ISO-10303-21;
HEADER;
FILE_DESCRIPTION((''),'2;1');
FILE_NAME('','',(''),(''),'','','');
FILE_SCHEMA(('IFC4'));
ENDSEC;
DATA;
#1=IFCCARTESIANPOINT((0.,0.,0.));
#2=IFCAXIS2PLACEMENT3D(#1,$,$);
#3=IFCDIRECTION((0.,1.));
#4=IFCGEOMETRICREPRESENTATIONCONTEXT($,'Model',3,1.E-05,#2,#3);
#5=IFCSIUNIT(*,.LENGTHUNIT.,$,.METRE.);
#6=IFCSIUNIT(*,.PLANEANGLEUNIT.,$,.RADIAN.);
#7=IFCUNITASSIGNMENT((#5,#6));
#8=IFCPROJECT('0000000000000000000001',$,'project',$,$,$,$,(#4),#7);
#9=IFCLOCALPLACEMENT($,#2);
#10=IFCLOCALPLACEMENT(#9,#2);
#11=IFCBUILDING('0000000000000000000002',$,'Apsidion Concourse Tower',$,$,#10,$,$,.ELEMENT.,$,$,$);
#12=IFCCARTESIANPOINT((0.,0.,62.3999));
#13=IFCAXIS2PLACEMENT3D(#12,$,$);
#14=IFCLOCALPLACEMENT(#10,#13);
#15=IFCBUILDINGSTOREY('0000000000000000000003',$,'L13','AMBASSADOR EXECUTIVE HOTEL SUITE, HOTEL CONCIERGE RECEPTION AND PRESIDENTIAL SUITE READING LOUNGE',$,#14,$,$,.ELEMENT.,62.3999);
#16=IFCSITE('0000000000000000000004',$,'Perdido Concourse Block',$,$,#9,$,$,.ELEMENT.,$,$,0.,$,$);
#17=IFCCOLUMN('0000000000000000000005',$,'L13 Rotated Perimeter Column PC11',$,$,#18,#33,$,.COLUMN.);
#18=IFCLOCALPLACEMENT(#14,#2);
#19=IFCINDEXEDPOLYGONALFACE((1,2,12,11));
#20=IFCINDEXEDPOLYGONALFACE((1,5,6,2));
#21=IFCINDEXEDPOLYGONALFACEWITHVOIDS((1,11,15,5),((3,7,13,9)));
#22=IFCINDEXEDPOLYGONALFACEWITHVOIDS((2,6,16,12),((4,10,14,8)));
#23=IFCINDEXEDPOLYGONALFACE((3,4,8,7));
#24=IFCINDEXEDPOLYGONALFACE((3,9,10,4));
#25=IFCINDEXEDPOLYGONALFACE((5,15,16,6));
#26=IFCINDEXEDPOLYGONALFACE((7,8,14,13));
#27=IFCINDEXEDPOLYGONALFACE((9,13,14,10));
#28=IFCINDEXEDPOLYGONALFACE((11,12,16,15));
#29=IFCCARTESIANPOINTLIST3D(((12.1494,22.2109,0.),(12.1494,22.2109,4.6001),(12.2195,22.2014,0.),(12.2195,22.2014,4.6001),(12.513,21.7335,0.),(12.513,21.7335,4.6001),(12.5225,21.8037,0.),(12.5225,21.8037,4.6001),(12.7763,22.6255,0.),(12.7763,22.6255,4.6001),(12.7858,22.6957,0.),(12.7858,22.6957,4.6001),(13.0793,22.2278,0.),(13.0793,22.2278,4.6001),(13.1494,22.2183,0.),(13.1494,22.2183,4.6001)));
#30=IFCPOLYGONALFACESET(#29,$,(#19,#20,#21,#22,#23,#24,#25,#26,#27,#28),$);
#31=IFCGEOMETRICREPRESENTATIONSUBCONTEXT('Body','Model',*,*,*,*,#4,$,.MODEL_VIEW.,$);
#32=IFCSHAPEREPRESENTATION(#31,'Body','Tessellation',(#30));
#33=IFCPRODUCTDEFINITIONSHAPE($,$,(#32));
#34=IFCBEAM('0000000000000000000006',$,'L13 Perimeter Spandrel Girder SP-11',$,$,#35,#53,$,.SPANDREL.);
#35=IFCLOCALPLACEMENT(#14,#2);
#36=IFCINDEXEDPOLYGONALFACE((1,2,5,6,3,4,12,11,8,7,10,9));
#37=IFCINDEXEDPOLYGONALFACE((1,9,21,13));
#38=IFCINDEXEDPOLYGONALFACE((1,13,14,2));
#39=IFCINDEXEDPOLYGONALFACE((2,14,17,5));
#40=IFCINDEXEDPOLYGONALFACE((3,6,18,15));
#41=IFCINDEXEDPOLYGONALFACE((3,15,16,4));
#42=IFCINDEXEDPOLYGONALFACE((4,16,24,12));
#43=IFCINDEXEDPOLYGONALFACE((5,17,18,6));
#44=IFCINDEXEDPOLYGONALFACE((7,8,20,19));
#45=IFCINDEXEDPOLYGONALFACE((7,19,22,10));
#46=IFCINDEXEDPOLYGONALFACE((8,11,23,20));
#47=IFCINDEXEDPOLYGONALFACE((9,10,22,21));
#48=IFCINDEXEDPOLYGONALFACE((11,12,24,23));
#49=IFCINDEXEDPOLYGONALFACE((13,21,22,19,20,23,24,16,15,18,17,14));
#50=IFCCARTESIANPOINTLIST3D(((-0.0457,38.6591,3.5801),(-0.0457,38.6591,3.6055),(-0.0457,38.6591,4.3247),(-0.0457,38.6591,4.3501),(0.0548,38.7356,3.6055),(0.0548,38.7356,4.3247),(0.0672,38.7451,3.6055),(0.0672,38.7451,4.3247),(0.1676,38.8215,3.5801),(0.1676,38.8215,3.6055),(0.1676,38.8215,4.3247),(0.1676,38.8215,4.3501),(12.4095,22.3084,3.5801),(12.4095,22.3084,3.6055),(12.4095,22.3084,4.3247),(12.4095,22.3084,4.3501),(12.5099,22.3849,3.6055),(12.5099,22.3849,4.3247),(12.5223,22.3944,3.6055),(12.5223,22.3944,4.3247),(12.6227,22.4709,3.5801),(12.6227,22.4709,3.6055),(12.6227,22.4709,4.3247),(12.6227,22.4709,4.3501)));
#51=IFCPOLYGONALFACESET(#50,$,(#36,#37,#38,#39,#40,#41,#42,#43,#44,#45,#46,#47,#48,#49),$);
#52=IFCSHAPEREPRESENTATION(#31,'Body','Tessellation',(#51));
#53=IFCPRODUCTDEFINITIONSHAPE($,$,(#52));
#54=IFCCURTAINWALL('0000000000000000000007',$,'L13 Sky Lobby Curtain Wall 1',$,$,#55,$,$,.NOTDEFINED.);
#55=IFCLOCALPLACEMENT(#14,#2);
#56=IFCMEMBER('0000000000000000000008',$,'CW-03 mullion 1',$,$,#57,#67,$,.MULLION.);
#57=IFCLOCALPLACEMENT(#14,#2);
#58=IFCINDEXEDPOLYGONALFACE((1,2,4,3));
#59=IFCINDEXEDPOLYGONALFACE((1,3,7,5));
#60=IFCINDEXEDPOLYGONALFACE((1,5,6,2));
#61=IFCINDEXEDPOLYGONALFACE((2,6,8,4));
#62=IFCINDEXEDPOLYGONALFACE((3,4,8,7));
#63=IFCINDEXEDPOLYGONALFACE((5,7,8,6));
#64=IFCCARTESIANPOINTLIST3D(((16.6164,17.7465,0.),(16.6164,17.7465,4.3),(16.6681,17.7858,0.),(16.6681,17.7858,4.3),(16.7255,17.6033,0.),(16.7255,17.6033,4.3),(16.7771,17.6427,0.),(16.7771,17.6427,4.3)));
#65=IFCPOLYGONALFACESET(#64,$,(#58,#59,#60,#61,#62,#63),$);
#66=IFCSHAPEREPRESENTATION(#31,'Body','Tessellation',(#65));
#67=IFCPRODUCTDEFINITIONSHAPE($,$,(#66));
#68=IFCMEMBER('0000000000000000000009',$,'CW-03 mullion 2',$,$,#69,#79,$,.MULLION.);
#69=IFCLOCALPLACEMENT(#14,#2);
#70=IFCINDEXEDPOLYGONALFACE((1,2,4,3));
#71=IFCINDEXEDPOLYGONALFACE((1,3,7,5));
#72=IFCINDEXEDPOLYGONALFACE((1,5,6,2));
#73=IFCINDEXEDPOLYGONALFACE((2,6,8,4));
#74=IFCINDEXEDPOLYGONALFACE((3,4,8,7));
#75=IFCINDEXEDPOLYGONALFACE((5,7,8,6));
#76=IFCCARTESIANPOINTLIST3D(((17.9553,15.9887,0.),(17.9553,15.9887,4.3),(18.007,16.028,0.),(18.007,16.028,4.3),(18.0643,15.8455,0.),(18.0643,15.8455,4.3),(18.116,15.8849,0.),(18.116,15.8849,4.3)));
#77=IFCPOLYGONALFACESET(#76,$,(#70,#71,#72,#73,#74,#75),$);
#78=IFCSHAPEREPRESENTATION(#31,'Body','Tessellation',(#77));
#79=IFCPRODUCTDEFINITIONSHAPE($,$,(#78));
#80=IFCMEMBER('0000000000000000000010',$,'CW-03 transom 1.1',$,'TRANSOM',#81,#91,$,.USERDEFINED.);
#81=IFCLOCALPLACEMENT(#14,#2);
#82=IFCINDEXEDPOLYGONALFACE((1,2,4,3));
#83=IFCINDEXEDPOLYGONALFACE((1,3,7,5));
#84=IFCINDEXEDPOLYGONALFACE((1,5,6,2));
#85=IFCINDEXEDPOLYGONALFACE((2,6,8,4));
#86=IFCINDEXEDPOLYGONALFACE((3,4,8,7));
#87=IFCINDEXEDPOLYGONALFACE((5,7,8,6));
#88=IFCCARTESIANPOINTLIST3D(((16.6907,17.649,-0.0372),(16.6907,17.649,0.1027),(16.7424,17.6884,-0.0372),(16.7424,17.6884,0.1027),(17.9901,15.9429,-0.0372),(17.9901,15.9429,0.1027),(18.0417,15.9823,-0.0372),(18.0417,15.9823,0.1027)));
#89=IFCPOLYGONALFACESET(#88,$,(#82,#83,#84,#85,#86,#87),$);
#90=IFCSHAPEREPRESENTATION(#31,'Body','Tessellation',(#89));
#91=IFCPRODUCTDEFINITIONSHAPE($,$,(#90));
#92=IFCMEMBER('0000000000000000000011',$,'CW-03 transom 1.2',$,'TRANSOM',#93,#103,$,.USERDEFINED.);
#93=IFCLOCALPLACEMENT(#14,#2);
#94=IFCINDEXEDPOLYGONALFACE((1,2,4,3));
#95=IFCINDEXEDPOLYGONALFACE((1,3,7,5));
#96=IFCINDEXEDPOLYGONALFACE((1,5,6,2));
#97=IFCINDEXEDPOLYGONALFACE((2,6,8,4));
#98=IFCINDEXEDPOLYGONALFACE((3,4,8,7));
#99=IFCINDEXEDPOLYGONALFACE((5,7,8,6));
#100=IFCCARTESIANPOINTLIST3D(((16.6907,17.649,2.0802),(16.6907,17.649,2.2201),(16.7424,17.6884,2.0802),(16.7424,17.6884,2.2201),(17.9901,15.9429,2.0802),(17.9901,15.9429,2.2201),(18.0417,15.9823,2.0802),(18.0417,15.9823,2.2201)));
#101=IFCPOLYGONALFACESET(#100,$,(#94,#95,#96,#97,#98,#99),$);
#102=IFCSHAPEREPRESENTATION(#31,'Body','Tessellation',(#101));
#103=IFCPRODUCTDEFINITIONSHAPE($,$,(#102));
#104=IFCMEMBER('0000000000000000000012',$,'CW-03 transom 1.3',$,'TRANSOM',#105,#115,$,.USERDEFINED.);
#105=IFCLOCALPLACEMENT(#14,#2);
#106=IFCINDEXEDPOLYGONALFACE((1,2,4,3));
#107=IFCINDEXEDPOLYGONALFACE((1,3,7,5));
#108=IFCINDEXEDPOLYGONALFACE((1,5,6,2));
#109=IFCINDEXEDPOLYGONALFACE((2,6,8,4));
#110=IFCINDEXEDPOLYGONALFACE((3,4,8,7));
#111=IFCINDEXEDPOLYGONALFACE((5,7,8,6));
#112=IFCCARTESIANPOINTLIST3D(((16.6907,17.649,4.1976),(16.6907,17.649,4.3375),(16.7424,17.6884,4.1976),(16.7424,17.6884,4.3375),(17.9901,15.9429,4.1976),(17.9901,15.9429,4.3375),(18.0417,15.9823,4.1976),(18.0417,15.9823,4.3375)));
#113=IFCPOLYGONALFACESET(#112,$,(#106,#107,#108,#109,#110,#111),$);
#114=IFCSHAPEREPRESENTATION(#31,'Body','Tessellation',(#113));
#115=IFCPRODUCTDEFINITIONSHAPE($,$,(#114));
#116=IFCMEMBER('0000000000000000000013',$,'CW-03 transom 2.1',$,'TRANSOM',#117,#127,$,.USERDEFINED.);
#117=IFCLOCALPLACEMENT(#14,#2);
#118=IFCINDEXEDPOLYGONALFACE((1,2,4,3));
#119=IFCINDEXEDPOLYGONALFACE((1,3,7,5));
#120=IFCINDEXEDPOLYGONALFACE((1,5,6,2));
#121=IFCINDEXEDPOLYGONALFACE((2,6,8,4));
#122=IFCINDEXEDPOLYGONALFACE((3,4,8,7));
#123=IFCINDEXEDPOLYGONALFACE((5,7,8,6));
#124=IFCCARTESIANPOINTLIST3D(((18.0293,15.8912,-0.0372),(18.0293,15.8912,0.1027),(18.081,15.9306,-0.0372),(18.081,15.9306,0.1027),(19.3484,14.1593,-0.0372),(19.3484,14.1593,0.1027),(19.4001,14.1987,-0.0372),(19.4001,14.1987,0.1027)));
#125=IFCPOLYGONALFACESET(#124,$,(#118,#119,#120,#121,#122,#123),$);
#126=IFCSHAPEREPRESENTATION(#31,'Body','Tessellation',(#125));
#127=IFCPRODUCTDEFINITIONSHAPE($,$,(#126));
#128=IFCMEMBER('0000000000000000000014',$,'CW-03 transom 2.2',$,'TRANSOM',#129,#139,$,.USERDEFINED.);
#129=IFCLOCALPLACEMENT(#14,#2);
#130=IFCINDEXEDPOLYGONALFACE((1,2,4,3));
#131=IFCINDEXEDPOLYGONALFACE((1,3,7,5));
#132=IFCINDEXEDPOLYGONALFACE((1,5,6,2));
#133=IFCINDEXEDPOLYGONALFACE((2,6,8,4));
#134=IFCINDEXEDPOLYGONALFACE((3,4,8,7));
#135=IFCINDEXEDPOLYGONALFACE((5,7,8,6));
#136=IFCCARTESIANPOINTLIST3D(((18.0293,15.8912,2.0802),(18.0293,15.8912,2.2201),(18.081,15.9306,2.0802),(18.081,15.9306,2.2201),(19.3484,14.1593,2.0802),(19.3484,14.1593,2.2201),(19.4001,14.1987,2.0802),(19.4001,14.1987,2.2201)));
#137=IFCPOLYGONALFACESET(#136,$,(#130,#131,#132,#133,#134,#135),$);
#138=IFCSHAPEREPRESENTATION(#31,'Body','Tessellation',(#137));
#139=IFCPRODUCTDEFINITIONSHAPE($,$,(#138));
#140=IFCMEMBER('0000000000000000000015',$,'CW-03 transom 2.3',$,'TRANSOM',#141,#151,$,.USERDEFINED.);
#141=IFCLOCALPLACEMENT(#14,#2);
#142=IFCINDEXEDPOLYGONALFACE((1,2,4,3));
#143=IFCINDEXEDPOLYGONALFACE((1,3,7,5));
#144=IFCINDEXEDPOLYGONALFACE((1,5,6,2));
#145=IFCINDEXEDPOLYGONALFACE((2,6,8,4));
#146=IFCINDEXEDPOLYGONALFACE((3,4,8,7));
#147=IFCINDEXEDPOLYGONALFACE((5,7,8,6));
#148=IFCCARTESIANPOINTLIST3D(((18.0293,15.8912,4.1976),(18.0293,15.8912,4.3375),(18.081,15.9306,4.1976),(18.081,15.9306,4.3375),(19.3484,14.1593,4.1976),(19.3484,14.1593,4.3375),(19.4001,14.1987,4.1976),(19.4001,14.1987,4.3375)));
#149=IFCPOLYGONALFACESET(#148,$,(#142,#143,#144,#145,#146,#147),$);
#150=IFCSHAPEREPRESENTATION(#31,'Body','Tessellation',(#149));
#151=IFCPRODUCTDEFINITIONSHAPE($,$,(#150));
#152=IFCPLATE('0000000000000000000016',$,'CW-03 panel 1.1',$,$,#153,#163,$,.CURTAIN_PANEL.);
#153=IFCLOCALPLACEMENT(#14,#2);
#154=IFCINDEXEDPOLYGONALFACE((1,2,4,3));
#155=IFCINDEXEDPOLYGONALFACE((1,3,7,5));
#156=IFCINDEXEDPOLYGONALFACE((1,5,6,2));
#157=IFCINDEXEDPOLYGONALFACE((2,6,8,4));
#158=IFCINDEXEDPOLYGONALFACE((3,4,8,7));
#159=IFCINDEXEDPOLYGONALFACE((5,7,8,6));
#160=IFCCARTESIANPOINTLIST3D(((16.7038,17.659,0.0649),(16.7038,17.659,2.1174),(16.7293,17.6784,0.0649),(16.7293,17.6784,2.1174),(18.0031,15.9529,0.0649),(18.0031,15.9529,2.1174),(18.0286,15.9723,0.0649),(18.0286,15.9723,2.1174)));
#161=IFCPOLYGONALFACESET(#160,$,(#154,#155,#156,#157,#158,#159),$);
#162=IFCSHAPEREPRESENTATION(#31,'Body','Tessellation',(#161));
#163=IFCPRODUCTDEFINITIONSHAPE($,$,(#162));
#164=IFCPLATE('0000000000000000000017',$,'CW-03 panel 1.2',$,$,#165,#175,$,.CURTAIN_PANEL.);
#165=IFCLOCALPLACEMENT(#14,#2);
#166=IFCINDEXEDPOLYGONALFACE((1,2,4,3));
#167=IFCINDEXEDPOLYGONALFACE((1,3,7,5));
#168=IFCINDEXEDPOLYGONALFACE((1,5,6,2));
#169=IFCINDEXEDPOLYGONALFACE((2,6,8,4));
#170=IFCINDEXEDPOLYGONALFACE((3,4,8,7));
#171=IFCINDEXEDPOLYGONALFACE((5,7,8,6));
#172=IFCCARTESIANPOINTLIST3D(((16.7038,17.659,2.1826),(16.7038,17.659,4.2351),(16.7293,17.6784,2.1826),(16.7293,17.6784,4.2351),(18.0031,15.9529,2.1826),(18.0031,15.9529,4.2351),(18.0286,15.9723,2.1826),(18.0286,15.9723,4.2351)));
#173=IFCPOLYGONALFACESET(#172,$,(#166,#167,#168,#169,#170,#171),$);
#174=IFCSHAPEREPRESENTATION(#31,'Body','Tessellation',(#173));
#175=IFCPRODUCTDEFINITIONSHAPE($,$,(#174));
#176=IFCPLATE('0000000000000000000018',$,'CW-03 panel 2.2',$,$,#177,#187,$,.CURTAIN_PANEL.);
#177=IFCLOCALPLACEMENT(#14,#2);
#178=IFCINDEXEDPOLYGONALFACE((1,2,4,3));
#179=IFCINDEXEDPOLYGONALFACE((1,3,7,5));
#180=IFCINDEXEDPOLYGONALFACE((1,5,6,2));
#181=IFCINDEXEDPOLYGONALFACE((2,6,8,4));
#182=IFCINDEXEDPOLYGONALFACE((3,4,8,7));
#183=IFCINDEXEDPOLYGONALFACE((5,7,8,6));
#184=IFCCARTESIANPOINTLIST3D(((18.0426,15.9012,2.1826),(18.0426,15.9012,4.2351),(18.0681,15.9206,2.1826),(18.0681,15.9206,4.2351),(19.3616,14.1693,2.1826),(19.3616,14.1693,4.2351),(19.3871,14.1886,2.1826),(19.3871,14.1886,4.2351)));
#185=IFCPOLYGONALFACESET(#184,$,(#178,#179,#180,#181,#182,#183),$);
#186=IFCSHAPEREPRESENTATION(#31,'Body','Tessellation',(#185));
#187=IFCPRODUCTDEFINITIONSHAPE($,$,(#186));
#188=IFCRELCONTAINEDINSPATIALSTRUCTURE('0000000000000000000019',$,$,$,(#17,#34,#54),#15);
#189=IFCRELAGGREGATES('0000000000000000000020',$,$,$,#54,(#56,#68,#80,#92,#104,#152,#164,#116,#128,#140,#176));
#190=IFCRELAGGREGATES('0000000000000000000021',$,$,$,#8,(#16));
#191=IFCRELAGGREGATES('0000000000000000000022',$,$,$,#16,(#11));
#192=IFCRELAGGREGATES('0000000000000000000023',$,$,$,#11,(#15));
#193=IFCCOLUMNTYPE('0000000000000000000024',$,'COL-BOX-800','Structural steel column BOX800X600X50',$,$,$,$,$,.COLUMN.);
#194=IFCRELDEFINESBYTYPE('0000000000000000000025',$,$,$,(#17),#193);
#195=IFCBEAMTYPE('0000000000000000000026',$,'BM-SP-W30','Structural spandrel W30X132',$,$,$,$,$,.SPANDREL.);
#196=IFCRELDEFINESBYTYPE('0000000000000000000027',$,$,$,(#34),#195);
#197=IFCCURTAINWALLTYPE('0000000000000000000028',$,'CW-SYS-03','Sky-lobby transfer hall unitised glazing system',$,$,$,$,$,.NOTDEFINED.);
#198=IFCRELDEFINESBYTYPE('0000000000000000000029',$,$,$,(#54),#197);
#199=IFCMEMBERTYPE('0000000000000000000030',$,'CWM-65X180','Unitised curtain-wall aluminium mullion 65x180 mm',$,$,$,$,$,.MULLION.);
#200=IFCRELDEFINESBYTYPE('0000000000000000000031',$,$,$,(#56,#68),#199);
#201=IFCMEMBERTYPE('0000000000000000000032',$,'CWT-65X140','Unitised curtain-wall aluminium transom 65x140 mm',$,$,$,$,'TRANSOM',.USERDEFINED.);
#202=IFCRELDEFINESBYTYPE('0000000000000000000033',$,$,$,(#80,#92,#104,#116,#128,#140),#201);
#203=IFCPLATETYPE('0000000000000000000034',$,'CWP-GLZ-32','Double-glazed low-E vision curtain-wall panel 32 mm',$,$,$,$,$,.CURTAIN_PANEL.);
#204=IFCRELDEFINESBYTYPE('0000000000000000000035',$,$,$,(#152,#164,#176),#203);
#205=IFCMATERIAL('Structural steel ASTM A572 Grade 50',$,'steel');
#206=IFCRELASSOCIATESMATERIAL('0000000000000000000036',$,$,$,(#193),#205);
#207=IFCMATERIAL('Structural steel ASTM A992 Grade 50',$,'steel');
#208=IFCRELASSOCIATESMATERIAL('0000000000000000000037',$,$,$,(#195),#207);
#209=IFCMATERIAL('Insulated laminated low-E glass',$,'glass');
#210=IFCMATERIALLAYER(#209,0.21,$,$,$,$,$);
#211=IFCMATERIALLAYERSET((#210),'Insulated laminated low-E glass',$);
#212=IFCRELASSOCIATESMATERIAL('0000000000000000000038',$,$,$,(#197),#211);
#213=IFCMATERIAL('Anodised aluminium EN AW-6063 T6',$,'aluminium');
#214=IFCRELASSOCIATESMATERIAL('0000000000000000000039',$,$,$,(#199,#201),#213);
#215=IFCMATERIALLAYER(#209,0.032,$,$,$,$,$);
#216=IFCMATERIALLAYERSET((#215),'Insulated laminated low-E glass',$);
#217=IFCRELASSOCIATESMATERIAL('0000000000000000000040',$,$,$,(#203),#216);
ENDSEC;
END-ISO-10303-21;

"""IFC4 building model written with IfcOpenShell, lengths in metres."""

from ifc_helpers import new_model, si_unit, direction, frame, origin, origin_2d, place, context, subcontext, project, spatial, rectangle, hollow_rectangle, i_section, extrude, material, layer, layer_set, material_profile, profile_set, type_object, element, aggregate, save


model = new_model("IFC4")

# Units and contexts
model_context = context("Model", 3, precision=1e-05, world=origin(), true_north=direction((0.0, 1.0)))
body_context = subcontext(model_context, "Body", "Model", "MODEL_VIEW")
ifc_project = project(units=[si_unit("LENGTHUNIT", "METRE"), si_unit("PLANEANGLEUNIT", "RADIAN")], contexts=[model_context])

# Site, building, storey
site_placement = place(None, origin())
site = spatial("IfcSite", under=ifc_project, at=site_placement, Name="Perdido Concourse Block", CompositionType="ELEMENT", RefElevation=0.0)
building_placement = place(site_placement, origin())
building = spatial("IfcBuilding", under=site, at=building_placement, Name="Apsidion Concourse Tower", CompositionType="ELEMENT")
storey_placement = place(building_placement, frame((0.0, 0.0, 62.3999)))
storey = spatial("IfcBuildingStorey", under=building, at=storey_placement, Name="L13", Description="AMBASSADOR EXECUTIVE HOTEL SUITE, HOTEL CONCIERGE RECEPTION AND PRESIDENTIAL SUITE READING LOUNGE", CompositionType="ELEMENT", Elevation=62.3999)

# Column
ifc_material_1 = material(Name="Structural steel ASTM A572 Grade 50", Category="steel")
ifc_material_profile_1 = material_profile(ifc_material_1, hollow_rectangle(XDim=0.6001, YDim=0.8, WallThickness=0.05, at=origin_2d()), Name="BOX800X600X50")
ifc_profile_set_1 = profile_set([ifc_material_profile_1], Name="Structural steel ASTM A572 Grade 50")
column_type = type_object("IfcColumnType", Name="COL-BOX-800", Description="Structural steel column BOX800X600X50", PredefinedType="COLUMN", material=ifc_profile_set_1)
column_placement = place(storey_placement, frame((12.6494, 22.2146, 0.0), z_axis=(0.0, 0.0, 1.0), x_axis=(-0.605988, 0.795473, 0.0)))
element("IfcColumn", 1, at=column_placement, inside=storey, type_object=column_type, Name="L13 Rotated Perimeter Column PC11", PredefinedType="COLUMN", context=body_context, shape_type="SweptSolid", body=[
    extrude(hollow_rectangle(XDim=0.6001, YDim=0.8, WallThickness=0.05, at=origin_2d()), origin(), (0.0, 0.0, 1.0), 4.6001),
])

# Beam
ifc_material_2 = material(Name="Structural steel ASTM A992 Grade 50", Category="steel")
ifc_material_profile_2 = material_profile(ifc_material_2, i_section(OverallWidth=0.2681, OverallDepth=0.77, WebThickness=0.0156, FlangeThickness=0.0254, at=origin_2d()), Name="W30X132")
ifc_profile_set_2 = profile_set([ifc_material_profile_2], Name="Structural steel ASTM A992 Grade 50")
beam_type = type_object("IfcBeamType", Name="BM-SP-W30", Description="Structural spandrel W30X132", PredefinedType="SPANDREL", material=ifc_profile_set_2)
beam_placement = place(storey_placement, frame((12.5161, 22.3896, 3.9651), z_axis=(-0.605966, 0.795491, 0.0), x_axis=(-0.795491, -0.605966, 0.0)))
element("IfcBeam", 2, at=beam_placement, inside=storey, type_object=beam_type, Name="L13 Perimeter Spandrel Girder SP-11", PredefinedType="SPANDREL", context=body_context, shape_type="SweptSolid", body=[
    extrude(i_section(OverallWidth=0.2681, OverallDepth=0.77, WebThickness=0.0156, FlangeThickness=0.0254, at=origin_2d()), origin(), (0.0, 0.0, 1.0), 20.5542),
])

# Curtain wall, members, plates
ifc_material_3 = material(Name="Insulated laminated low-E glass", Category="glass")
ifc_layer_1 = layer(ifc_material_3, 0.21)
ifc_layer_set_1 = layer_set([ifc_layer_1], Name="Insulated laminated low-E glass")
curtain_wall_type = type_object("IfcCurtainWallType", Name="CW-SYS-03", Description="Sky-lobby transfer hall unitised glazing system", PredefinedType="NOTDEFINED", material=ifc_layer_set_1)
curtain_wall_placement = place(storey_placement, origin())
curtain_wall = element("IfcCurtainWall", 3, at=curtain_wall_placement, inside=storey, type_object=curtain_wall_type, Name="L13 Sky Lobby Curtain Wall 1", PredefinedType="NOTDEFINED")
ifc_material_4 = material(Name="Anodised aluminium EN AW-6063 T6", Category="aluminium")
ifc_material_profile_3 = material_profile(ifc_material_4, rectangle(XDim=0.0649, YDim=0.1799, at=origin_2d()), Name="ALU MULLION 65x180")
ifc_profile_set_3 = profile_set([ifc_material_profile_3], Name="Anodised aluminium EN AW-6063 T6")
member_type_1 = type_object("IfcMemberType", Name="CWM-65X180", Description="Unitised curtain-wall aluminium mullion 65x180 mm", PredefinedType="MULLION", material=ifc_profile_set_3)
member_1_placement = place(storey_placement, frame((16.6968, 17.6946, 0.0), z_axis=(0.0, 0.0, 1.0), x_axis=(0.795559, 0.605877, 0.0)))
member_1 = element("IfcMember", 4, at=member_1_placement, type_object=member_type_1, Name="CW-03 mullion 1", PredefinedType="MULLION", context=body_context, shape_type="SweptSolid", body=[
    extrude(rectangle(XDim=0.0649, YDim=0.1799, at=origin_2d()), origin(), (0.0, 0.0, 1.0), 4.3),
])
member_2_placement = place(storey_placement, frame((18.0356, 15.9368, 0.0), z_axis=(0.0, 0.0, 1.0), x_axis=(0.795559, 0.605877, 0.0)))
member_2 = element("IfcMember", 5, at=member_2_placement, type_object=member_type_1, Name="CW-03 mullion 2", PredefinedType="MULLION", context=body_context, shape_type="SweptSolid", body=[
    extrude(rectangle(XDim=0.0649, YDim=0.1799, at=origin_2d()), origin(), (0.0, 0.0, 1.0), 4.3),
])
ifc_material_profile_4 = material_profile(ifc_material_4, rectangle(XDim=0.0649, YDim=0.1399, at=origin_2d()), Name="ALU TRANSOM 65x140")
ifc_profile_set_4 = profile_set([ifc_material_profile_4], Name="Anodised aluminium EN AW-6063 T6")
member_type_2 = type_object("IfcMemberType", Name="CWT-65X140", Description="Unitised curtain-wall aluminium transom 65x140 mm", ElementType="TRANSOM", PredefinedType="USERDEFINED", material=ifc_profile_set_4)
member_3_placement = place(storey_placement, frame((16.7166, 17.6687, 0.0327), z_axis=(0.605885, -0.795552, 0.0), x_axis=(0.795552, 0.605885, 0.0)))
member_3 = element("IfcMember", 6, at=member_3_placement, type_object=member_type_2, Name="CW-03 transom 1.1", ObjectType="TRANSOM", PredefinedType="USERDEFINED", context=body_context, shape_type="SweptSolid", body=[
    extrude(rectangle(XDim=0.0649, YDim=0.1399, at=origin_2d()), origin(), (0.0, 0.0, 1.0), 2.1445),
])
member_4_placement = place(storey_placement, frame((16.7166, 17.6687, 2.1501), z_axis=(0.605885, -0.795552, 0.0), x_axis=(0.795552, 0.605885, 0.0)))
member_4 = element("IfcMember", 7, at=member_4_placement, type_object=member_type_2, Name="CW-03 transom 1.2", ObjectType="TRANSOM", PredefinedType="USERDEFINED", context=body_context, shape_type="SweptSolid", body=[
    extrude(rectangle(XDim=0.0649, YDim=0.1399, at=origin_2d()), origin(), (0.0, 0.0, 1.0), 2.1445),
])
member_5_placement = place(storey_placement, frame((16.7166, 17.6687, 4.2676), z_axis=(0.605885, -0.795552, 0.0), x_axis=(0.795552, 0.605885, 0.0)))
member_5 = element("IfcMember", 8, at=member_5_placement, type_object=member_type_2, Name="CW-03 transom 1.3", ObjectType="TRANSOM", PredefinedType="USERDEFINED", context=body_context, shape_type="SweptSolid", body=[
    extrude(rectangle(XDim=0.0649, YDim=0.1399, at=origin_2d()), origin(), (0.0, 0.0, 1.0), 2.1445),
])
member_6_placement = place(storey_placement, frame((18.0552, 15.9109, 0.0327), z_axis=(0.605905, -0.795537, 0.0), x_axis=(0.795537, 0.605905, 0.0)))
member_6 = element("IfcMember", 9, at=member_6_placement, type_object=member_type_2, Name="CW-03 transom 2.1", ObjectType="TRANSOM", PredefinedType="USERDEFINED", context=body_context, shape_type="SweptSolid", body=[
    extrude(rectangle(XDim=0.0649, YDim=0.1399, at=origin_2d()), origin(), (0.0, 0.0, 1.0), 2.177),
])
member_7_placement = place(storey_placement, frame((18.0552, 15.9109, 2.1501), z_axis=(0.605905, -0.795537, 0.0), x_axis=(0.795537, 0.605905, 0.0)))
member_7 = element("IfcMember", 10, at=member_7_placement, type_object=member_type_2, Name="CW-03 transom 2.2", ObjectType="TRANSOM", PredefinedType="USERDEFINED", context=body_context, shape_type="SweptSolid", body=[
    extrude(rectangle(XDim=0.0649, YDim=0.1399, at=origin_2d()), origin(), (0.0, 0.0, 1.0), 2.177),
])
member_8_placement = place(storey_placement, frame((18.0552, 15.9109, 4.2676), z_axis=(0.605905, -0.795537, 0.0), x_axis=(0.795537, 0.605905, 0.0)))
member_8 = element("IfcMember", 11, at=member_8_placement, type_object=member_type_2, Name="CW-03 transom 2.3", ObjectType="TRANSOM", PredefinedType="USERDEFINED", context=body_context, shape_type="SweptSolid", body=[
    extrude(rectangle(XDim=0.0649, YDim=0.1399, at=origin_2d()), origin(), (0.0, 0.0, 1.0), 2.177),
])
ifc_layer_2 = layer(ifc_material_3, 0.032)
ifc_layer_set_2 = layer_set([ifc_layer_2], Name="Insulated laminated low-E glass")
plate_type = type_object("IfcPlateType", Name="CWP-GLZ-32", Description="Double-glazed low-E vision curtain-wall panel 32 mm", PredefinedType="CURTAIN_PANEL", material=ifc_layer_set_2)
plate_1_placement = place(storey_placement, frame((17.3662, 16.8157, 0.0649), z_axis=(0.0, 0.0, 1.0), x_axis=(0.605877, -0.795559, 0.0)))
plate_1 = element("IfcPlate", 12, at=plate_1_placement, type_object=plate_type, Name="CW-03 panel 1.1", PredefinedType="CURTAIN_PANEL", context=body_context, shape_type="SweptSolid", body=[
    extrude(rectangle(XDim=2.1445, YDim=0.032, at=origin_2d()), origin(), (0.0, 0.0, 1.0), 2.0525),
])
plate_2_placement = place(storey_placement, frame((17.3662, 16.8157, 2.1826), z_axis=(0.0, 0.0, 1.0), x_axis=(0.605877, -0.795559, 0.0)))
plate_2 = element("IfcPlate", 13, at=plate_2_placement, type_object=plate_type, Name="CW-03 panel 1.2", PredefinedType="CURTAIN_PANEL", context=body_context, shape_type="SweptSolid", body=[
    extrude(rectangle(XDim=2.1445, YDim=0.032, at=origin_2d()), origin(), (0.0, 0.0, 1.0), 2.0525),
])
plate_3_placement = place(storey_placement, frame((18.7148, 15.0449, 2.1826), z_axis=(0.0, 0.0, 1.0), x_axis=(0.605877, -0.795559, 0.0)))
plate_3 = element("IfcPlate", 14, at=plate_3_placement, type_object=plate_type, Name="CW-03 panel 2.2", PredefinedType="CURTAIN_PANEL", context=body_context, shape_type="SweptSolid", body=[
    extrude(rectangle(XDim=2.177, YDim=0.032, at=origin_2d()), origin(), (0.0, 0.0, 1.0), 2.0525),
])
aggregate(curtain_wall, [member_1, member_2, member_3, member_4, member_5, plate_1, plate_2, member_6, member_7, member_8, plate_3])

save(model, "model.ifc")
